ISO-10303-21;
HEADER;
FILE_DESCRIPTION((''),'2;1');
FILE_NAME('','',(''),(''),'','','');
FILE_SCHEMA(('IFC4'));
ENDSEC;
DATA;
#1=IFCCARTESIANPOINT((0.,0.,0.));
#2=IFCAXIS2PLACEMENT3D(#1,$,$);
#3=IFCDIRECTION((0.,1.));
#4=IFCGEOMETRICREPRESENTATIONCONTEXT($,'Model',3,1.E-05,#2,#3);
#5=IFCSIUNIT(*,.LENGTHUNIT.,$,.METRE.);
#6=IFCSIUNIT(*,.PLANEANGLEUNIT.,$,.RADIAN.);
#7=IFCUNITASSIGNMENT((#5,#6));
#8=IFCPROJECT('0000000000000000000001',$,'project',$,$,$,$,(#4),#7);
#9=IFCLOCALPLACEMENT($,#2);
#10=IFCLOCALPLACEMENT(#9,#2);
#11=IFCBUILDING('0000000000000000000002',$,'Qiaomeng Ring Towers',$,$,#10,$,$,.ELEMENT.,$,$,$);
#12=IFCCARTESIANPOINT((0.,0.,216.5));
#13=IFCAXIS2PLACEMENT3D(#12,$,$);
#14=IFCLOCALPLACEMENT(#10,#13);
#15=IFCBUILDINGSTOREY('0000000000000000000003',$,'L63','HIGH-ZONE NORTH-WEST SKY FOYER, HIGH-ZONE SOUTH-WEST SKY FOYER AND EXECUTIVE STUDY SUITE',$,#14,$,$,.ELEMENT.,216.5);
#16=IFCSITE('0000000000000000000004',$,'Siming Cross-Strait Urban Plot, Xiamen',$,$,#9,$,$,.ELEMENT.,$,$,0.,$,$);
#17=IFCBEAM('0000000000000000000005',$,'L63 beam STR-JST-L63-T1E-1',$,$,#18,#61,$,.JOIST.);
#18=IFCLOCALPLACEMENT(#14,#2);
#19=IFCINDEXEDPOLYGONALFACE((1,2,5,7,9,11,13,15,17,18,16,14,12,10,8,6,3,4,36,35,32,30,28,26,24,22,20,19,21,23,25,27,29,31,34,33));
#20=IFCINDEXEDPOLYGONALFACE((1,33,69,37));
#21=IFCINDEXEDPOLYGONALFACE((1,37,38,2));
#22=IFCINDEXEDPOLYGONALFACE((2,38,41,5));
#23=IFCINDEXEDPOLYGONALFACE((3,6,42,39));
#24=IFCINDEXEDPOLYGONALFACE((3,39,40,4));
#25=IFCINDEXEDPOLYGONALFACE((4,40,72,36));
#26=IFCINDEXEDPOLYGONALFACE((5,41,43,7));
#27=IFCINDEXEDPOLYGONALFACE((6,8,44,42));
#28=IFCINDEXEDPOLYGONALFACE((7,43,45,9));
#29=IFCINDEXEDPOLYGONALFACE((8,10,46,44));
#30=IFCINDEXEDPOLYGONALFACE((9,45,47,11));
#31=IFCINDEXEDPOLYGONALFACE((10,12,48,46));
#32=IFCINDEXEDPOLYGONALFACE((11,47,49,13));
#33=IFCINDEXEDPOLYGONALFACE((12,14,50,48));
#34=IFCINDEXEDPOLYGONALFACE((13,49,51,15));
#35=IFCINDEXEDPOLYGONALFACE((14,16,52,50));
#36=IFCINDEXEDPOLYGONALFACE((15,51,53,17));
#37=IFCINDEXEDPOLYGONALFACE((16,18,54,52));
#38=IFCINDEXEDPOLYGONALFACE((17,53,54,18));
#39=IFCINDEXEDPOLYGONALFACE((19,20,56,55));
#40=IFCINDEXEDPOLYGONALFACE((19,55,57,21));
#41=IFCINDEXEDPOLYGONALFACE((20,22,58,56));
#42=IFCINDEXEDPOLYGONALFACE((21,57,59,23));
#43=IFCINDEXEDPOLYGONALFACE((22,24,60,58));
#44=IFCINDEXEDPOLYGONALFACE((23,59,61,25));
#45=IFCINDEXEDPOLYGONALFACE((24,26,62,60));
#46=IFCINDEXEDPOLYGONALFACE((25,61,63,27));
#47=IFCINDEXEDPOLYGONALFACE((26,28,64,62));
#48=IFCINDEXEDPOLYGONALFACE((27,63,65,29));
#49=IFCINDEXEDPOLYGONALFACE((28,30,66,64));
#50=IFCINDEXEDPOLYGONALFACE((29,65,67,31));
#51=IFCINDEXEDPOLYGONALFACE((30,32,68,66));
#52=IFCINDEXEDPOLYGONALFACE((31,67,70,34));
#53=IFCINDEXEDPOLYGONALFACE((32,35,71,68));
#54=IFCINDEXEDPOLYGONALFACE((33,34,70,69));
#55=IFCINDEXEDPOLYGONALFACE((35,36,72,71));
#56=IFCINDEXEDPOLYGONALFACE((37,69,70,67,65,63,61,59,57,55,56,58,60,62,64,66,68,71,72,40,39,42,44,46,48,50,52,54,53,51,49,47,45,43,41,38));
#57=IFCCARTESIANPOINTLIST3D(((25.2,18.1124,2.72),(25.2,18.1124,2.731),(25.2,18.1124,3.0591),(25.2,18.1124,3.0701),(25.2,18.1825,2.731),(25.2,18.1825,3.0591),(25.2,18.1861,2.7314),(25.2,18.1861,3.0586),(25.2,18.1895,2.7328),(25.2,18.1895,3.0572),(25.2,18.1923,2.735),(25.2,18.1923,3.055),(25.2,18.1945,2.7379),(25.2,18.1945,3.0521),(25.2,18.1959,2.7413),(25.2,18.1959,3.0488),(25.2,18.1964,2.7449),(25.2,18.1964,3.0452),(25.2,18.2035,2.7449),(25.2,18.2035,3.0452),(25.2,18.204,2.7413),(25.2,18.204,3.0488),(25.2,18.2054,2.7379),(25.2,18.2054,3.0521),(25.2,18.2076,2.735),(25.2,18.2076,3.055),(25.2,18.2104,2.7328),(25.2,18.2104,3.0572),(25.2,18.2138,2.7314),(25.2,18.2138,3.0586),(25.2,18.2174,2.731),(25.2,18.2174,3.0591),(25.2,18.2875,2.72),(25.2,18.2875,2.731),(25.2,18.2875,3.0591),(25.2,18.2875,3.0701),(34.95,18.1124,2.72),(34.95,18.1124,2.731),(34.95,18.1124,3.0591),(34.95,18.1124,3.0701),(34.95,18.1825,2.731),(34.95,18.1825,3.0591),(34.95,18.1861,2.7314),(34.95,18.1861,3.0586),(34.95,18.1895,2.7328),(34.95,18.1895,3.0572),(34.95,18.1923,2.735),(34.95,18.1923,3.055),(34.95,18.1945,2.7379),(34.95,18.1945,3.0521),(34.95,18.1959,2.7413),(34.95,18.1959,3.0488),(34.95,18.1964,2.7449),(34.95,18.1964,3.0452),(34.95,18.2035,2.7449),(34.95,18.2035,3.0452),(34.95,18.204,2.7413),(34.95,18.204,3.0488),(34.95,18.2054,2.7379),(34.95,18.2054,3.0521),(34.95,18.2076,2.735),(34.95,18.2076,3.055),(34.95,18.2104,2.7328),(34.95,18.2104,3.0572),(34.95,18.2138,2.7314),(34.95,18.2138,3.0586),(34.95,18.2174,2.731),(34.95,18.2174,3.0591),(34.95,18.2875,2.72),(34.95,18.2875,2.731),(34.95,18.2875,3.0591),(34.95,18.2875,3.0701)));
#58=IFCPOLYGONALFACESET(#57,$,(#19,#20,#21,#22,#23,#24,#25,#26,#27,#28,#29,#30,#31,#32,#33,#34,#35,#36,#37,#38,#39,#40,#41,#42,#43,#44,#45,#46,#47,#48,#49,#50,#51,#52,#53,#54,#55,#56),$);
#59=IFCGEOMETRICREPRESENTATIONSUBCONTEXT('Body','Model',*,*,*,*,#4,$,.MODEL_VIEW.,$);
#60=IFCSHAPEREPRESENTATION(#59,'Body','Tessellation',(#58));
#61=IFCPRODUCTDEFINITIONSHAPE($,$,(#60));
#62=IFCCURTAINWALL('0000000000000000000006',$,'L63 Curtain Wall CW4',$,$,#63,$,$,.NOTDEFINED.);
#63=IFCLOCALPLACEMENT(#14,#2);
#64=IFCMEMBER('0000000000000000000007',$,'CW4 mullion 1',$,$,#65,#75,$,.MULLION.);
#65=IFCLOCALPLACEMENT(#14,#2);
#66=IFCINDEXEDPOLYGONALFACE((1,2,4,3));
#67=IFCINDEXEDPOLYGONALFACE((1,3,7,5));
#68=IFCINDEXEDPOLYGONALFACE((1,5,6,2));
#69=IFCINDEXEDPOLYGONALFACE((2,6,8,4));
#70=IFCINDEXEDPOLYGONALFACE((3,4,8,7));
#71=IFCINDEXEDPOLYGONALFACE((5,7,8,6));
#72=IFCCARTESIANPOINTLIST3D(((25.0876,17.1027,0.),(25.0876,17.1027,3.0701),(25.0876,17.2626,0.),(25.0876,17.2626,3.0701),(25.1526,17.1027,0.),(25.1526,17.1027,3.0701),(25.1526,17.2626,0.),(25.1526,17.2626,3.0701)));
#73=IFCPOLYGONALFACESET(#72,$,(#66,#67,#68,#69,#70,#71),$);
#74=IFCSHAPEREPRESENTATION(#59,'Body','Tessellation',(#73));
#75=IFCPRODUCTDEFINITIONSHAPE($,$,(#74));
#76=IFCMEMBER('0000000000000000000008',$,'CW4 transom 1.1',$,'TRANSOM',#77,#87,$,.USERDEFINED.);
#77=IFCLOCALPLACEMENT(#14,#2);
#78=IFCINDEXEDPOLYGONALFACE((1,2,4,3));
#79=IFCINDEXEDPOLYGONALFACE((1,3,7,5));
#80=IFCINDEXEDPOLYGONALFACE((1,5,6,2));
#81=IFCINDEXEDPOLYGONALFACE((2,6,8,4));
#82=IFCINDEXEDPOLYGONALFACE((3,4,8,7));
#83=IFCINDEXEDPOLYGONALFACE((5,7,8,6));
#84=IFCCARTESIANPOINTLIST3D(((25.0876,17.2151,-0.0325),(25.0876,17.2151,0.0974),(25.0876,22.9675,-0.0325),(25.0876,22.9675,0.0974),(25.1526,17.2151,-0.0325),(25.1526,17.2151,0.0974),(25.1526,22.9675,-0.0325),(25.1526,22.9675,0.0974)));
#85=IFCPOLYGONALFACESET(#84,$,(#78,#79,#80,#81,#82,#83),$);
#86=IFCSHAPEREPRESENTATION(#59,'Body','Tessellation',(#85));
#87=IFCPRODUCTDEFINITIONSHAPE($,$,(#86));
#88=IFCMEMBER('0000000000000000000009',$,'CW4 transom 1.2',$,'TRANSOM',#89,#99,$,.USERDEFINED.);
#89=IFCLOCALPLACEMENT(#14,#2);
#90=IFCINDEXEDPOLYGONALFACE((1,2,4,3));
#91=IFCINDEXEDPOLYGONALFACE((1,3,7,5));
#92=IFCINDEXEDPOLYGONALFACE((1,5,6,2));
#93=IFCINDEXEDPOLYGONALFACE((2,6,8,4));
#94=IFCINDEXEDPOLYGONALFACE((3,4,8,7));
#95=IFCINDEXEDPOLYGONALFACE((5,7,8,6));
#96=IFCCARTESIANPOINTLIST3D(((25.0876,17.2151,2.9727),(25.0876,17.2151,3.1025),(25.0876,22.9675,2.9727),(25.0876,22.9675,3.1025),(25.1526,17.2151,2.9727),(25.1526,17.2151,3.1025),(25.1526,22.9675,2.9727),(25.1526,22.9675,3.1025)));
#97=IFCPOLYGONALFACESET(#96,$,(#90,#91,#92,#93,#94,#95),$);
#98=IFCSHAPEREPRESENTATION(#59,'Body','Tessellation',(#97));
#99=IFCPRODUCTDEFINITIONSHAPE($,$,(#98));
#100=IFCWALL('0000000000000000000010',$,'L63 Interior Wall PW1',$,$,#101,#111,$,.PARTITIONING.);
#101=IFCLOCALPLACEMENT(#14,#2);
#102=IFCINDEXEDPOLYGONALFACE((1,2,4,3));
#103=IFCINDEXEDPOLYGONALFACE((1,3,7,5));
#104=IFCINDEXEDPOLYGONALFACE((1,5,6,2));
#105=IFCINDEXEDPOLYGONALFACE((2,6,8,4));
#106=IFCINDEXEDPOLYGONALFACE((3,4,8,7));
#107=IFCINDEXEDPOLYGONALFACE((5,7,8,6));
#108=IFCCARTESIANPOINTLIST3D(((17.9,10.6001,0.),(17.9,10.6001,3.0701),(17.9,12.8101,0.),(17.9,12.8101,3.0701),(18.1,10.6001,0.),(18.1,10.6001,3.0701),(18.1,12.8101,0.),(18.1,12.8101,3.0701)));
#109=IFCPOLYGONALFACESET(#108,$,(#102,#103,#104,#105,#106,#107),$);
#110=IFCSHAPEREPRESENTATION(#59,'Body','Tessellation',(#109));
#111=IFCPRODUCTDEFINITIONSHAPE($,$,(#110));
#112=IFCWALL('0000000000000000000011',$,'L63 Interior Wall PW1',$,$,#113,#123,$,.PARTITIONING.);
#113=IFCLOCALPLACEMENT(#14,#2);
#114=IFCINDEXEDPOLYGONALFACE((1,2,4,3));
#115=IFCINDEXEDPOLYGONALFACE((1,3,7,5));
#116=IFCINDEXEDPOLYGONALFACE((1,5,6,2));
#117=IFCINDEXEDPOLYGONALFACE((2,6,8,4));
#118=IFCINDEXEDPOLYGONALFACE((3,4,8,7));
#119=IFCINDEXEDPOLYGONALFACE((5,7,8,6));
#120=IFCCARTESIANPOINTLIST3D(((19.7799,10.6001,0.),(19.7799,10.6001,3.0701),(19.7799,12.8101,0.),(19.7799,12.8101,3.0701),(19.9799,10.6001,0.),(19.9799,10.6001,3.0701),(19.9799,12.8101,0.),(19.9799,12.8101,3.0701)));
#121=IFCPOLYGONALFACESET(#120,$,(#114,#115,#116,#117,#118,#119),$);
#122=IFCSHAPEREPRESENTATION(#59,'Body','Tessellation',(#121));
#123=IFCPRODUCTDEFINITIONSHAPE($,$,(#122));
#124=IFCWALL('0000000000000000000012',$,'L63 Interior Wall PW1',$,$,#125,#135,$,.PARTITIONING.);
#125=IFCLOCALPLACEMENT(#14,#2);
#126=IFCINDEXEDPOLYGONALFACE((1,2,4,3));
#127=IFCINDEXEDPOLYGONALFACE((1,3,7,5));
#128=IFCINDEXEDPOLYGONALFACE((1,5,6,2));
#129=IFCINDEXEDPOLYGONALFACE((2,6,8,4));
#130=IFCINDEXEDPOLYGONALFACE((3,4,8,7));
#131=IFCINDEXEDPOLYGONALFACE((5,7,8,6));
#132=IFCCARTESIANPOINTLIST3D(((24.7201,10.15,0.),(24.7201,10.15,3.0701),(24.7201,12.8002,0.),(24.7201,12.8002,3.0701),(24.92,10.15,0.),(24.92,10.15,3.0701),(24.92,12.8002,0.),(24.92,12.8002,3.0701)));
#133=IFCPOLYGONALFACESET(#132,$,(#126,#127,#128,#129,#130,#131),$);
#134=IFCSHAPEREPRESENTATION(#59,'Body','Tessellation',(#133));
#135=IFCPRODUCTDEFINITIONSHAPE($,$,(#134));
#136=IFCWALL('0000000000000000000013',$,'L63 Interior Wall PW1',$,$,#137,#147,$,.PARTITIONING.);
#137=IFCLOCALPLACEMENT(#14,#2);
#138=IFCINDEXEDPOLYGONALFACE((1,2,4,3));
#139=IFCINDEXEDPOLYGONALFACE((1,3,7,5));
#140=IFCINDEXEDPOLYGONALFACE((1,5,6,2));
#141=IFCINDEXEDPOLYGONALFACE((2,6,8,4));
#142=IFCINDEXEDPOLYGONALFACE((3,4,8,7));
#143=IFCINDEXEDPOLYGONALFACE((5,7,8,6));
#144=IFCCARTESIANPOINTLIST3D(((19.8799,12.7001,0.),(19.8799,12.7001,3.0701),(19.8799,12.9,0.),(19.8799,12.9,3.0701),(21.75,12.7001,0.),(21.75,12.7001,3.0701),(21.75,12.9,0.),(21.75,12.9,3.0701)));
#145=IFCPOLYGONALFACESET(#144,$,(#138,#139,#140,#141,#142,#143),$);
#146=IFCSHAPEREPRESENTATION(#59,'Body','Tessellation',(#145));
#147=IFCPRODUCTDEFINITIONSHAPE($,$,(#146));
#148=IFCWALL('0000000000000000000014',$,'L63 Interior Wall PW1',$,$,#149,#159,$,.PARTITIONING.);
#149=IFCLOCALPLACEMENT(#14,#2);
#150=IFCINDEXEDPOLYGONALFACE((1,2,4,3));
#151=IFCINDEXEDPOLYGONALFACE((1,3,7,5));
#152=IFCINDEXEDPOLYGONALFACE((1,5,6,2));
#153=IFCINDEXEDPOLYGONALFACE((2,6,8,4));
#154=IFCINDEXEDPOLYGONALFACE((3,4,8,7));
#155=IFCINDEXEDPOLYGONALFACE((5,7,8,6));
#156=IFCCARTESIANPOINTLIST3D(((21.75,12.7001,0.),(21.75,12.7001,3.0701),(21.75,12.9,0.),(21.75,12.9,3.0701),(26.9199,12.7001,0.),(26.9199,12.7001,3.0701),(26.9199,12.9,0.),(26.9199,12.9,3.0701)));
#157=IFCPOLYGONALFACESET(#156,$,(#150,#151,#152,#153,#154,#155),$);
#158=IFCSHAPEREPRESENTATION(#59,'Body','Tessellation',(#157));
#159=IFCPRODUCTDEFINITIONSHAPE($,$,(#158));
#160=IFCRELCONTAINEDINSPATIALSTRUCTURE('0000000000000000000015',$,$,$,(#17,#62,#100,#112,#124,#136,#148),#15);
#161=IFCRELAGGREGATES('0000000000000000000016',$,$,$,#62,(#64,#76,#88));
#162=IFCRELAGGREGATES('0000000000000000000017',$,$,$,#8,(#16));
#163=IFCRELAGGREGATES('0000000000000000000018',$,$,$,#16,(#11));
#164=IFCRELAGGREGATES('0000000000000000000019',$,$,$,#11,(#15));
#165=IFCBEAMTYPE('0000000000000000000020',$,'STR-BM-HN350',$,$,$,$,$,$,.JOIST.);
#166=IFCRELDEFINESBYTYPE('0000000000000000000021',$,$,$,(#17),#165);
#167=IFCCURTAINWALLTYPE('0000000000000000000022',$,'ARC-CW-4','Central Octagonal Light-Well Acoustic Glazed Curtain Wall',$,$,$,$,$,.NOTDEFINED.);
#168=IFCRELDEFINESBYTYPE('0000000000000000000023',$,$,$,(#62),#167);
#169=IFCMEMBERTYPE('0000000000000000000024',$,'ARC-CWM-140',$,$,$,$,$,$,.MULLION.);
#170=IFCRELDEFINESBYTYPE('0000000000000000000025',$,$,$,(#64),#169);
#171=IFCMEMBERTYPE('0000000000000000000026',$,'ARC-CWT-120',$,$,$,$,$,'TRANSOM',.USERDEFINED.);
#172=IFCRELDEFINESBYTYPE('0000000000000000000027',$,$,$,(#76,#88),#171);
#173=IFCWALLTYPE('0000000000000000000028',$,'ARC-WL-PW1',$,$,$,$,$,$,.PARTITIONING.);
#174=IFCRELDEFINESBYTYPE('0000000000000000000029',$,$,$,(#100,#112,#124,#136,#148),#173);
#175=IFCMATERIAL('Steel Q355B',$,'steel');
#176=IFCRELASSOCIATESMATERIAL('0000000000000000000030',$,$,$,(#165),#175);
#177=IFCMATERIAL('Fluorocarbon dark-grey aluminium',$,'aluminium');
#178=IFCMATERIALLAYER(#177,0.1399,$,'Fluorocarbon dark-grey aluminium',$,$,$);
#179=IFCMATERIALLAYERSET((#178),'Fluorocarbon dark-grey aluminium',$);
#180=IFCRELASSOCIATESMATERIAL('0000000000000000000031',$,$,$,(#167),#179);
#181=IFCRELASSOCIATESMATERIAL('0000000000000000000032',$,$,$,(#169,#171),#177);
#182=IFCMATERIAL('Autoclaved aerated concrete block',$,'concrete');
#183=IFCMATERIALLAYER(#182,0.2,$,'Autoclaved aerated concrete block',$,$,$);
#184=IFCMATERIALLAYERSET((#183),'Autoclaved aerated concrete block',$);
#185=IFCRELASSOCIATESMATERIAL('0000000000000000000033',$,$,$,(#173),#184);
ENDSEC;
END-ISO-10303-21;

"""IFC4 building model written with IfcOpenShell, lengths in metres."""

from ifc_helpers import new_model, si_unit, direction, frame, frame_2d, origin, origin_2d, place, context, subcontext, project, spatial, rectangle, i_section, extrude, source, transform, mapped, material, layer, layer_set, material_profile, profile_set, type_object, element, aggregate, save


model = new_model("IFC4")

# Units and contexts
model_context = context("Model", 3, precision=1e-05, world=origin(), true_north=direction((0.0, 1.0)))
body_context = subcontext(model_context, "Body", "Model", "MODEL_VIEW")
ifc_project = project(units=[si_unit("LENGTHUNIT", "METRE"), si_unit("PLANEANGLEUNIT", "RADIAN")], contexts=[model_context])

# Site, building, storey
site_placement = place(None, origin())
site = spatial("IfcSite", under=ifc_project, at=site_placement, Name="Siming Cross-Strait Urban Plot, Xiamen", CompositionType="ELEMENT", RefElevation=0.0)
building_placement = place(site_placement, origin())
building = spatial("IfcBuilding", under=site, at=building_placement, Name="Qiaomeng Ring Towers", CompositionType="ELEMENT")
storey_placement = place(building_placement, frame((0.0, 0.0, 216.5)))
storey = spatial("IfcBuildingStorey", under=building, at=storey_placement, Name="L63", Description="HIGH-ZONE NORTH-WEST SKY FOYER, HIGH-ZONE SOUTH-WEST SKY FOYER AND EXECUTIVE STUDY SUITE", CompositionType="ELEMENT", Elevation=216.5)

# Beam
ifc_material_1 = material(Name="Steel Q355B", Category="steel")
ifc_material_profile_1 = material_profile(ifc_material_1, i_section(OverallWidth=0.175, OverallDepth=0.3501, WebThickness=0.0071, FlangeThickness=0.011, FilletRadius=0.0139, at=origin_2d()), Name="HN 350x175x7x11")
ifc_profile_set_1 = profile_set([ifc_material_profile_1], Name="Steel Q355B")
beam_type_1 = type_object("IfcBeamType", Name="STR-BM-HN350", PredefinedType="JOIST", material=ifc_profile_set_1)
shared_shape_1 = source(origin(), body_context, "Body", "SweptSolid", [
    extrude(i_section(OverallWidth=0.175, OverallDepth=0.3501, WebThickness=0.0071, FlangeThickness=0.011, FilletRadius=0.0139, at=origin_2d()), origin(), (0.0, 0.0, 1.0), 9.75),
])
beam_1_placement = place(storey_placement, frame((25.2, 18.2, 2.895), z_axis=(1.0, 0.0, 0.0), x_axis=(0.0, 1.0, 0.0)))
element("IfcBeam", 1, at=beam_1_placement, inside=storey, type_object=beam_type_1, Name="L63 beam STR-JST-L63-T1E-1", PredefinedType="JOIST", context=body_context, shape_type="MappedRepresentation", body=[
    mapped(shared_shape_1, transform((0.0, 0.0, 0.0), x_axis=(1.0, 0.0, 0.0), y_axis=(0.0, 1.0, 0.0), z_axis=(0.0, 0.0, 1.0), scale=1.0)),
])

# Curtain wall, members
ifc_material_2 = material(Name="Fluorocarbon dark-grey aluminium", Category="aluminium")
ifc_layer_1 = layer(ifc_material_2, 0.1399, Name="Fluorocarbon dark-grey aluminium")
ifc_layer_set_1 = layer_set([ifc_layer_1], Name="Fluorocarbon dark-grey aluminium")
curtain_wall_type = type_object("IfcCurtainWallType", Name="ARC-CW-4", Description="Central Octagonal Light-Well Acoustic Glazed Curtain Wall", PredefinedType="NOTDEFINED", material=ifc_layer_set_1)
curtain_wall_placement = place(storey_placement, origin())
curtain_wall = element("IfcCurtainWall", 2, at=curtain_wall_placement, inside=storey, type_object=curtain_wall_type, Name="L63 Curtain Wall CW4", PredefinedType="NOTDEFINED")
ifc_material_profile_2 = material_profile(ifc_material_2, rectangle(XDim=0.0649, YDim=0.1599, at=origin_2d()), Name="ALU MULL 65x160")
ifc_profile_set_2 = profile_set([ifc_material_profile_2], Name="Fluorocarbon dark-grey aluminium")
member_type_1 = type_object("IfcMemberType", Name="ARC-CWM-140", PredefinedType="MULLION", material=ifc_profile_set_2)
shared_shape_2 = source(origin(), body_context, "Body", "SweptSolid", [
    extrude(rectangle(XDim=0.0649, YDim=0.1599, at=origin_2d()), origin(), (0.0, 0.0, 1.0), 3.0701),
])
member_1_placement = place(storey_placement, frame((25.1201, 17.1826, 0.0), z_axis=(0.0, 0.0, 1.0), x_axis=(-1.0, 0.0, 0.0)))
member_1 = element("IfcMember", 3, at=member_1_placement, type_object=member_type_1, Name="CW4 mullion 1", PredefinedType="MULLION", context=body_context, shape_type="MappedRepresentation", body=[
    mapped(shared_shape_2, transform((0.0, 0.0, 0.0), x_axis=(1.0, 0.0, 0.0), y_axis=(0.0, 1.0, 0.0), z_axis=(0.0, 0.0, 1.0), scale=1.0)),
])
ifc_material_profile_3 = material_profile(ifc_material_2, rectangle(XDim=0.0649, YDim=0.1299, at=origin_2d()), Name="ALU TRAN 65x130")
ifc_profile_set_3 = profile_set([ifc_material_profile_3], Name="Fluorocarbon dark-grey aluminium")
member_type_2 = type_object("IfcMemberType", Name="ARC-CWT-120", ElementType="TRANSOM", PredefinedType="USERDEFINED", material=ifc_profile_set_3)
shared_shape_3 = source(origin(), body_context, "Body", "SweptSolid", [
    extrude(rectangle(XDim=0.0649, YDim=0.1299, at=origin_2d()), origin(), (0.0, 0.0, 1.0), 5.7524),
])
member_2_placement = place(storey_placement, frame((25.1201, 17.2151, 0.0325), z_axis=(0.0, 1.0, 0.0), x_axis=(-1.0, 0.0, 0.0)))
member_2 = element("IfcMember", 4, at=member_2_placement, type_object=member_type_2, Name="CW4 transom 1.1", ObjectType="TRANSOM", PredefinedType="USERDEFINED", context=body_context, shape_type="MappedRepresentation", body=[
    mapped(shared_shape_3, transform((0.0, 0.0, 0.0), x_axis=(1.0, 0.0, 0.0), y_axis=(0.0, 1.0, 0.0), z_axis=(0.0, 0.0, 1.0), scale=1.0)),
])
member_3_placement = place(storey_placement, frame((25.1201, 17.2151, 3.0376), z_axis=(0.0, 1.0, 0.0), x_axis=(-1.0, 0.0, 0.0)))
member_3 = element("IfcMember", 5, at=member_3_placement, type_object=member_type_2, Name="CW4 transom 1.2", ObjectType="TRANSOM", PredefinedType="USERDEFINED", context=body_context, shape_type="MappedRepresentation", body=[
    mapped(shared_shape_3, transform((0.0, 0.0, 0.0), x_axis=(1.0, 0.0, 0.0), y_axis=(0.0, 1.0, 0.0), z_axis=(0.0, 0.0, 1.0), scale=1.0)),
])
aggregate(curtain_wall, [member_1, member_2, member_3])

# Walls
ifc_material_3 = material(Name="Autoclaved aerated concrete block", Category="concrete")
ifc_layer_2 = layer(ifc_material_3, 0.2, Name="Autoclaved aerated concrete block")
ifc_layer_set_2 = layer_set([ifc_layer_2], Name="Autoclaved aerated concrete block")
wall_type_1 = type_object("IfcWallType", Name="ARC-WL-PW1", PredefinedType="PARTITIONING", material=ifc_layer_set_2)
for number, where, z_axis, x_axis, name in (
    (6, (18.0, 10.6001, 0.0), (0.0, 0.0, 1.0), (0.0, 1.0, 0.0), "L63 Interior Wall PW1"),
    (7, (19.8799, 10.6001, 0.0), (0.0, 0.0, 1.0), (0.0, 1.0, 0.0), "L63 Interior Wall PW1"),
):
    element("IfcWall", number, at=place(storey_placement, frame(where, z_axis=z_axis, x_axis=x_axis)), inside=storey, type_object=wall_type_1, Name=name, PredefinedType="PARTITIONING", context=body_context, shape_type="SweptSolid", body=[
        extrude(rectangle(XDim=2.21, YDim=0.2, at=frame_2d((1.105, 0.0))), origin(), (0.0, 0.0, 1.0), 3.0701),
    ])
wall_1_placement = place(storey_placement, frame((24.8201, 10.1499, 0.0), z_axis=(0.0, 0.0, 1.0), x_axis=(0.0, 1.0, 0.0)))
element("IfcWall", 8, at=wall_1_placement, inside=storey, type_object=wall_type_1, Name="L63 Interior Wall PW1", PredefinedType="PARTITIONING", context=body_context, shape_type="SweptSolid", body=[
    extrude(rectangle(XDim=2.6501, YDim=0.2, at=frame_2d((1.3252, 0.0))), origin(), (0.0, 0.0, 1.0), 3.0701),
])
wall_2_placement = place(storey_placement, frame((19.8799, 12.8, 0.0), z_axis=(0.0, 0.0, 1.0), x_axis=(1.0, 0.0, 0.0)))
element("IfcWall", 9, at=wall_2_placement, inside=storey, type_object=wall_type_1, Name="L63 Interior Wall PW1", PredefinedType="PARTITIONING", context=body_context, shape_type="SweptSolid", body=[
    extrude(rectangle(XDim=1.8701, YDim=0.2, at=frame_2d((0.9351, 0.0))), origin(), (0.0, 0.0, 1.0), 3.0701),
])
wall_3_placement = place(storey_placement, frame((21.75, 12.8, 0.0), z_axis=(0.0, 0.0, 1.0), x_axis=(1.0, 0.0, 0.0)))
element("IfcWall", 10, at=wall_3_placement, inside=storey, type_object=wall_type_1, Name="L63 Interior Wall PW1", PredefinedType="PARTITIONING", context=body_context, shape_type="SweptSolid", body=[
    extrude(rectangle(XDim=5.1699, YDim=0.2, at=frame_2d((2.585, 0.0))), origin(), (0.0, 0.0, 1.0), 3.0701),
])

save(model, "model.ifc")
